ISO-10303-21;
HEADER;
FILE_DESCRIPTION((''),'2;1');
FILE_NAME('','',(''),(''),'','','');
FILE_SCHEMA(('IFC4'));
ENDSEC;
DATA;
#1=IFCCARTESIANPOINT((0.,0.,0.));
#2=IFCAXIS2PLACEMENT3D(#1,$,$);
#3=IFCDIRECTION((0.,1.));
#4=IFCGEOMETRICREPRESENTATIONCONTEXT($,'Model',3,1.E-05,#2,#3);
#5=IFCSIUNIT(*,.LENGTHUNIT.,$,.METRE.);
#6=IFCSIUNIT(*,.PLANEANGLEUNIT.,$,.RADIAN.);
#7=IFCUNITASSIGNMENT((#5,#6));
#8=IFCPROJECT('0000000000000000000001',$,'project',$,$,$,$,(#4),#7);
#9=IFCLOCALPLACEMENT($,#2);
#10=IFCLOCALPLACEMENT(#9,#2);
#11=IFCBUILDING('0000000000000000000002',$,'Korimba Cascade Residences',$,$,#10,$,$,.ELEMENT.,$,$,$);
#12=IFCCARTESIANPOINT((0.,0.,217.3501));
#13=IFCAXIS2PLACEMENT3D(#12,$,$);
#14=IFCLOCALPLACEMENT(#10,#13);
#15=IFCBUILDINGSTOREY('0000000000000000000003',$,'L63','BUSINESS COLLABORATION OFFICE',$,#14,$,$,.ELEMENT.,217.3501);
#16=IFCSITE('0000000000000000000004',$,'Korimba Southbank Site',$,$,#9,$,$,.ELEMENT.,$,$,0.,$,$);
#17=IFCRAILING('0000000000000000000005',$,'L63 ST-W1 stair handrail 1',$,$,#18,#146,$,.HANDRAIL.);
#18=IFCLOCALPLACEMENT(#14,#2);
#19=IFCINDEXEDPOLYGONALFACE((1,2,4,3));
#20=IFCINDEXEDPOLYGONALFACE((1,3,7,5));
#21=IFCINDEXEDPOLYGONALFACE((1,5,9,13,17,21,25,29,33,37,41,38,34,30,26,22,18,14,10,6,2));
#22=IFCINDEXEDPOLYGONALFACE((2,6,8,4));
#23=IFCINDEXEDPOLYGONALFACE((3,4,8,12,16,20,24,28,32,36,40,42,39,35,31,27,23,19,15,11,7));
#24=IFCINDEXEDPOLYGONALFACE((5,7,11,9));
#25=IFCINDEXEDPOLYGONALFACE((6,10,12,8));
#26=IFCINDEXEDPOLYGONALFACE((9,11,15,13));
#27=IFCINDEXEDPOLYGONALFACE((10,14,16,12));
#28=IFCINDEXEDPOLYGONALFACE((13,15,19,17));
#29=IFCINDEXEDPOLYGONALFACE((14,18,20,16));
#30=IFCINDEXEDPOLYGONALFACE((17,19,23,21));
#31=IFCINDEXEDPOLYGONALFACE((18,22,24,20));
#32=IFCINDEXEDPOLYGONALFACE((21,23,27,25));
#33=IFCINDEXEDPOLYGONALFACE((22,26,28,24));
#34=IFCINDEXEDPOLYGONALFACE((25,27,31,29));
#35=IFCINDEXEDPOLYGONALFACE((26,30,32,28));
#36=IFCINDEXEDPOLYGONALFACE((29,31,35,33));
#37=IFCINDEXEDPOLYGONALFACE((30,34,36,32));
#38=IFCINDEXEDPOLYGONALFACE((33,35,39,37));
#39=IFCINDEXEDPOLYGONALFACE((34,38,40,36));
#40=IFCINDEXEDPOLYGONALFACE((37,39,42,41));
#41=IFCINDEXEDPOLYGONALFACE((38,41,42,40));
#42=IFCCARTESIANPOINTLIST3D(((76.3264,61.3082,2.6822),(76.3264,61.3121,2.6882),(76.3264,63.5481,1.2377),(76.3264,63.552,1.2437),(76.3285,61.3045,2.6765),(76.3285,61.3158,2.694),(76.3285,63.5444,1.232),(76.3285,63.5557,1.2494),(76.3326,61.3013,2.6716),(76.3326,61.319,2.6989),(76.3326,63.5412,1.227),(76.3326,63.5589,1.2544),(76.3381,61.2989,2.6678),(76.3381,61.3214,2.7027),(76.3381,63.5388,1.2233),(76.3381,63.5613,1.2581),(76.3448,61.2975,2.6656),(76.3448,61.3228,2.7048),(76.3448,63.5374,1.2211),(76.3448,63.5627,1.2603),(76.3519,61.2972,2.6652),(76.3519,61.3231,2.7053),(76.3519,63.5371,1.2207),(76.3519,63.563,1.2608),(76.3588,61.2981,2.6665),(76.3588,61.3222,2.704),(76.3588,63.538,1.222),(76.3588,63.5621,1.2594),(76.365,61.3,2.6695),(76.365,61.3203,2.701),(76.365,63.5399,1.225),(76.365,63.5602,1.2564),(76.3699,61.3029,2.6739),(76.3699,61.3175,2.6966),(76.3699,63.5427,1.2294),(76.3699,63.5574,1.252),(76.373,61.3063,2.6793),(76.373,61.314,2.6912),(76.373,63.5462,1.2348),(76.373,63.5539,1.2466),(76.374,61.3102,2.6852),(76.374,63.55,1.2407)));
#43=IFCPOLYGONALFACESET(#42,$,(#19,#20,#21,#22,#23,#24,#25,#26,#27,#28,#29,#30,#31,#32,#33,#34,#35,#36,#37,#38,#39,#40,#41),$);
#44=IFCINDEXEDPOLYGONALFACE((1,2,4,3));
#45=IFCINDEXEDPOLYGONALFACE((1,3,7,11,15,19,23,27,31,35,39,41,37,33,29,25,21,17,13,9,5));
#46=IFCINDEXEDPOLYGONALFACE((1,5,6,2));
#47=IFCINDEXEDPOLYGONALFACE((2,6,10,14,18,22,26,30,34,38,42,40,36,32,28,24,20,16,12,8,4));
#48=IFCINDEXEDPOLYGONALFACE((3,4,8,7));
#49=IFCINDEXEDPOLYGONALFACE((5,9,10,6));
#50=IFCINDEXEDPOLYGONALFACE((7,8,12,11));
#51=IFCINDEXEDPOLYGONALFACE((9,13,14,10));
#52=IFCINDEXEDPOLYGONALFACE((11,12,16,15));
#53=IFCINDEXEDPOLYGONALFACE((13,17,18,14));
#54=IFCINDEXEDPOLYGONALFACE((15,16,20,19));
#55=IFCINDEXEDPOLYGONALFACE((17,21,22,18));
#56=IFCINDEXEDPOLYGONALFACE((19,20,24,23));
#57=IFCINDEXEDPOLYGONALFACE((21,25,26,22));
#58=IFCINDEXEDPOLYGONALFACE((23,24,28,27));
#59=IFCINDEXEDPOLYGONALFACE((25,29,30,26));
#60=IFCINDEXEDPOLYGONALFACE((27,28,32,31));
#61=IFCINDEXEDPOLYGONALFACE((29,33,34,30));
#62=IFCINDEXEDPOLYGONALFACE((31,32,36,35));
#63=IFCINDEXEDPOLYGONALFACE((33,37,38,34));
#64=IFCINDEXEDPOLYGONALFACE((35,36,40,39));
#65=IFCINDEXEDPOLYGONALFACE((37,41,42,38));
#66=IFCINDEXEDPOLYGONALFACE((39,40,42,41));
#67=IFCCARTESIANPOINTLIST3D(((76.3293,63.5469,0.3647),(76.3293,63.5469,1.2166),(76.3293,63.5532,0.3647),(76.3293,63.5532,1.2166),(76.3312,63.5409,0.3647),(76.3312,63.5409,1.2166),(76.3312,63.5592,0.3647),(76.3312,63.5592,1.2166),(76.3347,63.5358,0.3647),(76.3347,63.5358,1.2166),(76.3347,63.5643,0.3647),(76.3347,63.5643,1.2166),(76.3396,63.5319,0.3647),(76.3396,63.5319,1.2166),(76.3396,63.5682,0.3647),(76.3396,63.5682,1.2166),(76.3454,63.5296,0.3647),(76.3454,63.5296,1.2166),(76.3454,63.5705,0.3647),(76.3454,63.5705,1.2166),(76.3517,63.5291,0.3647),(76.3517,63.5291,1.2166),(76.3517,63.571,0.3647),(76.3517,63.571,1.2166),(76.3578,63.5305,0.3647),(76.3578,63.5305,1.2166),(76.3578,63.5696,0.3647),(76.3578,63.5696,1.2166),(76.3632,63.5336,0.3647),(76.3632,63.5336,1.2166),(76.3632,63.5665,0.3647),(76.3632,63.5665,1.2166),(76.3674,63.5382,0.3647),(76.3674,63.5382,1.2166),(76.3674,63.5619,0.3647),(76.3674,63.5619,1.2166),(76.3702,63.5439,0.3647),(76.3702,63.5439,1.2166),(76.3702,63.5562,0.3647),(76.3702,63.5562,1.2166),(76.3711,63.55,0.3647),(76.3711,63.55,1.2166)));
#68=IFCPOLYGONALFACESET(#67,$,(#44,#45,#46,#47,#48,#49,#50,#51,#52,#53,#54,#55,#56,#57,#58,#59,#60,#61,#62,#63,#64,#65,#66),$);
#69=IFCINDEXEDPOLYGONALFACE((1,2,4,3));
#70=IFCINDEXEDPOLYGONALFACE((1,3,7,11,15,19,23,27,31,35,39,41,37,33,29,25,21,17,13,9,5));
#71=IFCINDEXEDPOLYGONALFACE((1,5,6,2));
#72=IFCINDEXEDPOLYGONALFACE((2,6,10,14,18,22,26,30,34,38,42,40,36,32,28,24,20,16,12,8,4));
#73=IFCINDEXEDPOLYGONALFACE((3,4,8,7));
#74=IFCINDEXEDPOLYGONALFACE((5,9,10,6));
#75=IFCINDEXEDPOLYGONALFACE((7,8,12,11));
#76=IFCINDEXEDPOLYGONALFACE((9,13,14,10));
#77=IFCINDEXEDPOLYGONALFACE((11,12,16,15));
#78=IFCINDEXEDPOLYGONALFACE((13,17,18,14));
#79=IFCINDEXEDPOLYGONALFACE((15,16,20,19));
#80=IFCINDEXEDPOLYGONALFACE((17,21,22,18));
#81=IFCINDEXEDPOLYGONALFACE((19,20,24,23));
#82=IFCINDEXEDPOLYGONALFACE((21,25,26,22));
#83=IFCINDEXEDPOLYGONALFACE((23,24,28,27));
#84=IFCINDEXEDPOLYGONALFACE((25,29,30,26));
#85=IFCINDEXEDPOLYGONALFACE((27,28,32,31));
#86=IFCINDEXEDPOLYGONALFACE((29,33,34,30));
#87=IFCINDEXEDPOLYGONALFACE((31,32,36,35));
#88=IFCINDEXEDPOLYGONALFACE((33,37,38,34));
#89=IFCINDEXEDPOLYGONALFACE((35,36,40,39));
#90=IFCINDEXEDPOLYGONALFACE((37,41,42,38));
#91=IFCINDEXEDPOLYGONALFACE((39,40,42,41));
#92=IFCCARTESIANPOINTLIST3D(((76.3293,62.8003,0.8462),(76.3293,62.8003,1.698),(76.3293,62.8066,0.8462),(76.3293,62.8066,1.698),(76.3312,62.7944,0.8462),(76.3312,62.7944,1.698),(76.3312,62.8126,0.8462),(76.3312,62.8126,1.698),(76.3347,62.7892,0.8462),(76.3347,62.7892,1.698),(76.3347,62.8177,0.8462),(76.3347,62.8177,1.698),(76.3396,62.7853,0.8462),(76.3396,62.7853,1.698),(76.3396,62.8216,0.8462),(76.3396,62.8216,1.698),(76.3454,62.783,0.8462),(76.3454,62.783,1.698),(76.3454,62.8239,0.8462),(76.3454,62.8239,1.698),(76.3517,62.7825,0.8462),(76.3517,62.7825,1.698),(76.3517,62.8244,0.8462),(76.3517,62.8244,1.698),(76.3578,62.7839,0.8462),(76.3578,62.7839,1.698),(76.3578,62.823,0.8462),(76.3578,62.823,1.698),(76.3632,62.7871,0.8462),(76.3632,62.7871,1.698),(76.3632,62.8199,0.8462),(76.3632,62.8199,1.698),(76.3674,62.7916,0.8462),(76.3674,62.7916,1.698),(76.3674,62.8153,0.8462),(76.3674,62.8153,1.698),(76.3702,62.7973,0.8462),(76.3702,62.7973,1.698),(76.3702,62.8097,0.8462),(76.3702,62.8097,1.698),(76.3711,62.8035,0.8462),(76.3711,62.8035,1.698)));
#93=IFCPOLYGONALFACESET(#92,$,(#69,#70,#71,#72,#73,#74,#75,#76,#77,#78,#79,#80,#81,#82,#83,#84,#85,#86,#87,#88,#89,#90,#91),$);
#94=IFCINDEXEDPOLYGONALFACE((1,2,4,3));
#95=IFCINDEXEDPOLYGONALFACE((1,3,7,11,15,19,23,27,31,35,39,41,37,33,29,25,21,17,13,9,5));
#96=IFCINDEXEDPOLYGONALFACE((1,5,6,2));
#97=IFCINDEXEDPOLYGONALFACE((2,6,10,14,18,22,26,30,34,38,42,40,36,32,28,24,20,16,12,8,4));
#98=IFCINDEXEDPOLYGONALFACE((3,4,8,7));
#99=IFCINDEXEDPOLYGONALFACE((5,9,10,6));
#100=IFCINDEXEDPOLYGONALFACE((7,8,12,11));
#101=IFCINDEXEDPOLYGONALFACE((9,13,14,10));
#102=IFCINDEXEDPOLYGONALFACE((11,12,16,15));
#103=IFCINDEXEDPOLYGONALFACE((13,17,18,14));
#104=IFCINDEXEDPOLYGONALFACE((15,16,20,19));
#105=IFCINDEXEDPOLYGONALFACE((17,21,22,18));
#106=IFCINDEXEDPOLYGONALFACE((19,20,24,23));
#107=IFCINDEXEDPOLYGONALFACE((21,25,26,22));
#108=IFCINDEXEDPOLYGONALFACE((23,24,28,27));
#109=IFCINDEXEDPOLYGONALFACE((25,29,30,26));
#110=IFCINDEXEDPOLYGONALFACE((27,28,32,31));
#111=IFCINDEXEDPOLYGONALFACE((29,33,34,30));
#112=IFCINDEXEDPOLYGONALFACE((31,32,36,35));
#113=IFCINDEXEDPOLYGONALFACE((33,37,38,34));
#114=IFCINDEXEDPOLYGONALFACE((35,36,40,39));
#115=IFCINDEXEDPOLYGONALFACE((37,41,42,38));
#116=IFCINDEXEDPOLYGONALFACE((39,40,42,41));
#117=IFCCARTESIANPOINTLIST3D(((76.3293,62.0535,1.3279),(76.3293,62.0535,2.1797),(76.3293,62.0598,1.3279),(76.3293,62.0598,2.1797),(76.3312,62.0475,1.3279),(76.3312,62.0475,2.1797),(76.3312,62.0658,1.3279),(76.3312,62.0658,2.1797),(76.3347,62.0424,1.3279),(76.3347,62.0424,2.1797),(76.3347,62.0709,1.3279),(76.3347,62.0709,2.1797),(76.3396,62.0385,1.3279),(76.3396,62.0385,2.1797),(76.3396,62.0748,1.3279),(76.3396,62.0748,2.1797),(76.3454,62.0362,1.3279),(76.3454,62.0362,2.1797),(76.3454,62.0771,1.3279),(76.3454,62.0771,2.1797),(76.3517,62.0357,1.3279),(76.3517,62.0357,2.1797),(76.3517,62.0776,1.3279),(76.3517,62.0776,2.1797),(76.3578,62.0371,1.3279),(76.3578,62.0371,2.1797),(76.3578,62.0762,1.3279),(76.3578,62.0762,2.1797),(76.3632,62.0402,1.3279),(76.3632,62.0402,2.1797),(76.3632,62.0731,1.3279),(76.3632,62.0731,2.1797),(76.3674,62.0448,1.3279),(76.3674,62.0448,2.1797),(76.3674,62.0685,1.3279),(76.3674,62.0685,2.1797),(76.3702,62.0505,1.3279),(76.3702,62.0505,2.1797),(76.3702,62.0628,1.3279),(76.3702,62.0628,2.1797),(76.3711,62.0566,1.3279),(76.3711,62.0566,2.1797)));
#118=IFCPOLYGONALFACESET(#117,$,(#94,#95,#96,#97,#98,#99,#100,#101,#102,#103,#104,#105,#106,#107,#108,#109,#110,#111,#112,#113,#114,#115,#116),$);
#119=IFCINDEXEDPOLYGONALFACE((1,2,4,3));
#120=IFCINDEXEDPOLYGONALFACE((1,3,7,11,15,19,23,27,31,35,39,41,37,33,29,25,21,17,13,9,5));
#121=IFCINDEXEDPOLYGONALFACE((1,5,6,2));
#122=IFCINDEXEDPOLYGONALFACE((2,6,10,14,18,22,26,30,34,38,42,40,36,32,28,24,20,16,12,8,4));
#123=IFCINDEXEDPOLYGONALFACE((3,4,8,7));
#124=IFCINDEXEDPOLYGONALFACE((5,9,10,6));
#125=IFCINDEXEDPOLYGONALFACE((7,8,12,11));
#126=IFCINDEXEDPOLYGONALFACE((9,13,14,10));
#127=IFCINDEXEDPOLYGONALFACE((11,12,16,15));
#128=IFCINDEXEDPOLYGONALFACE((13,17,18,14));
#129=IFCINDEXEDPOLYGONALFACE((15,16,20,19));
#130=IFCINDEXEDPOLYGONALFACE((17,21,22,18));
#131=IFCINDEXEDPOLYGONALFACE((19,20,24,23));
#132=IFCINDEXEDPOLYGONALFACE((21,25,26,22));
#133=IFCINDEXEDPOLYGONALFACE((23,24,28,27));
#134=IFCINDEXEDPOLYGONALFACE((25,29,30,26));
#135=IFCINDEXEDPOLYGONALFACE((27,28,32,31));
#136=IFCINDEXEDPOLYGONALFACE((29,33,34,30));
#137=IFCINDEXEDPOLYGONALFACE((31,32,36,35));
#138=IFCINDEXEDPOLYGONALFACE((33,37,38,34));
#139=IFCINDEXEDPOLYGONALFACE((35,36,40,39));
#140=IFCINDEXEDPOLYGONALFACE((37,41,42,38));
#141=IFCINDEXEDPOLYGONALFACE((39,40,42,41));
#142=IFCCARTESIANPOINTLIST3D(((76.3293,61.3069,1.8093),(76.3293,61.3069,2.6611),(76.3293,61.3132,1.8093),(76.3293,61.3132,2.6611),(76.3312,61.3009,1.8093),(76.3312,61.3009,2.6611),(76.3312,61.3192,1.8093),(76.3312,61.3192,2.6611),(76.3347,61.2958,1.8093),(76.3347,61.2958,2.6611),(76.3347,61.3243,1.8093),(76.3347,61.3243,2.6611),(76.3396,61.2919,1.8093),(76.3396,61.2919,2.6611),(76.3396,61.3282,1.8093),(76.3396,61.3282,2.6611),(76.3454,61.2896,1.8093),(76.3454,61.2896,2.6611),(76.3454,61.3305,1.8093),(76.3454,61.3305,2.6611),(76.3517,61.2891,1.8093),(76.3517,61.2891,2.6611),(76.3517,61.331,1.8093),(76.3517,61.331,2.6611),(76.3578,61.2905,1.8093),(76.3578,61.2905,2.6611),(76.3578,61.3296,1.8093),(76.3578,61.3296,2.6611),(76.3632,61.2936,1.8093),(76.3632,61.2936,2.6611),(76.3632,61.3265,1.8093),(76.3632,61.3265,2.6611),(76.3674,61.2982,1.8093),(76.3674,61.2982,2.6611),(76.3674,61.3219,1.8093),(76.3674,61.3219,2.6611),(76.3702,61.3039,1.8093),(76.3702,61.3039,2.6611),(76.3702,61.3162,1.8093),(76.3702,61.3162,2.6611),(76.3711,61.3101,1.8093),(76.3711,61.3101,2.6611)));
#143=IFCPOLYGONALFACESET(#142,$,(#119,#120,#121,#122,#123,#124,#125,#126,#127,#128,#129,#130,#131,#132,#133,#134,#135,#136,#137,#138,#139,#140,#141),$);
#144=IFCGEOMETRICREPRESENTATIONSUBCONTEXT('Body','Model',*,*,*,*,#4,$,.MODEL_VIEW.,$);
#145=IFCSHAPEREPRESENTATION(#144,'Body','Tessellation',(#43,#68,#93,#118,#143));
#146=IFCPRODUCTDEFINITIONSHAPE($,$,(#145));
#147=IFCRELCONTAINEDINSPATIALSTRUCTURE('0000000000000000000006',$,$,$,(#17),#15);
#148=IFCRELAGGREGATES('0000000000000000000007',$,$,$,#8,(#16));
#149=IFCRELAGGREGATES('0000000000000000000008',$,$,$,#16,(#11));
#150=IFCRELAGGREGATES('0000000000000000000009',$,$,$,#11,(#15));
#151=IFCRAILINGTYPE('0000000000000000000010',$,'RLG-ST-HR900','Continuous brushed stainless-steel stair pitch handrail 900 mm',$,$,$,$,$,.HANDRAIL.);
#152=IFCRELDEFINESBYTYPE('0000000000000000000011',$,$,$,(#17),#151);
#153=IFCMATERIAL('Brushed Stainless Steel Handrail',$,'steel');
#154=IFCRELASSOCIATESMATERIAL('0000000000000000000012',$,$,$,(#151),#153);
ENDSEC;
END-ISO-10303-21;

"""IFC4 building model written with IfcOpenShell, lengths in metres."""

from ifc_helpers import new_model, si_unit, direction, frame, origin, origin_2d, place, context, subcontext, project, spatial, circle, extrude, material, type_object, element, save


model = new_model("IFC4")

# Units and contexts
model_context = context("Model", 3, precision=1e-05, world=origin(), true_north=direction((0.0, 1.0)))
body_context = subcontext(model_context, "Body", "Model", "MODEL_VIEW")
ifc_project = project(units=[si_unit("LENGTHUNIT", "METRE"), si_unit("PLANEANGLEUNIT", "RADIAN")], contexts=[model_context])

# Site, building, storey
site_placement = place(None, origin())
site = spatial("IfcSite", under=ifc_project, at=site_placement, Name="Korimba Southbank Site", CompositionType="ELEMENT", RefElevation=0.0)
building_placement = place(site_placement, origin())
building = spatial("IfcBuilding", under=site, at=building_placement, Name="Korimba Cascade Residences", CompositionType="ELEMENT")
storey_placement = place(building_placement, frame((0.0, 0.0, 217.3501)))
storey = spatial("IfcBuildingStorey", under=building, at=storey_placement, Name="L63", Description="BUSINESS COLLABORATION OFFICE", CompositionType="ELEMENT", Elevation=217.3501)

# Railing
ifc_material_1 = material(Name="Brushed Stainless Steel Handrail", Category="steel")
railing_type_1 = type_object("IfcRailingType", Name="RLG-ST-HR900", Description="Continuous brushed stainless-steel stair pitch handrail 900 mm", PredefinedType="HANDRAIL", material=ifc_material_1)
railing_1_placement = place(storey_placement, frame((76.3501, 63.55, 0.3647)))
element("IfcRailing", 1, at=railing_1_placement, inside=storey, type_object=railing_type_1, Name="L63 ST-W1 stair handrail 1", PredefinedType="HANDRAIL", context=body_context, shape_type="SweptSolid", body=[
    extrude(circle(Radius=0.0239, at=origin_2d()), frame((0.0, 0.0, 0.876), z_axis=(0.0, -0.840395, 0.541975), x_axis=(1.0, 0.0, 0.0)), (0.0, 0.0, 1.0), 2.6653),
    extrude(circle(Radius=0.021, at=origin_2d()), origin(), (0.0, 0.0, 1.0), 0.8518),
    extrude(circle(Radius=0.021, at=origin_2d()), frame((0.0, -0.7466, 0.4814)), (0.0, 0.0, 1.0), 0.8518),
    extrude(circle(Radius=0.021, at=origin_2d()), frame((0.0, -1.4934, 0.9631)), (0.0, 0.0, 1.0), 0.8518),
    extrude(circle(Radius=0.021, at=origin_2d()), frame((0.0, -2.24, 1.4446)), (0.0, 0.0, 1.0), 0.8518),
])

save(model, "model.ifc")
